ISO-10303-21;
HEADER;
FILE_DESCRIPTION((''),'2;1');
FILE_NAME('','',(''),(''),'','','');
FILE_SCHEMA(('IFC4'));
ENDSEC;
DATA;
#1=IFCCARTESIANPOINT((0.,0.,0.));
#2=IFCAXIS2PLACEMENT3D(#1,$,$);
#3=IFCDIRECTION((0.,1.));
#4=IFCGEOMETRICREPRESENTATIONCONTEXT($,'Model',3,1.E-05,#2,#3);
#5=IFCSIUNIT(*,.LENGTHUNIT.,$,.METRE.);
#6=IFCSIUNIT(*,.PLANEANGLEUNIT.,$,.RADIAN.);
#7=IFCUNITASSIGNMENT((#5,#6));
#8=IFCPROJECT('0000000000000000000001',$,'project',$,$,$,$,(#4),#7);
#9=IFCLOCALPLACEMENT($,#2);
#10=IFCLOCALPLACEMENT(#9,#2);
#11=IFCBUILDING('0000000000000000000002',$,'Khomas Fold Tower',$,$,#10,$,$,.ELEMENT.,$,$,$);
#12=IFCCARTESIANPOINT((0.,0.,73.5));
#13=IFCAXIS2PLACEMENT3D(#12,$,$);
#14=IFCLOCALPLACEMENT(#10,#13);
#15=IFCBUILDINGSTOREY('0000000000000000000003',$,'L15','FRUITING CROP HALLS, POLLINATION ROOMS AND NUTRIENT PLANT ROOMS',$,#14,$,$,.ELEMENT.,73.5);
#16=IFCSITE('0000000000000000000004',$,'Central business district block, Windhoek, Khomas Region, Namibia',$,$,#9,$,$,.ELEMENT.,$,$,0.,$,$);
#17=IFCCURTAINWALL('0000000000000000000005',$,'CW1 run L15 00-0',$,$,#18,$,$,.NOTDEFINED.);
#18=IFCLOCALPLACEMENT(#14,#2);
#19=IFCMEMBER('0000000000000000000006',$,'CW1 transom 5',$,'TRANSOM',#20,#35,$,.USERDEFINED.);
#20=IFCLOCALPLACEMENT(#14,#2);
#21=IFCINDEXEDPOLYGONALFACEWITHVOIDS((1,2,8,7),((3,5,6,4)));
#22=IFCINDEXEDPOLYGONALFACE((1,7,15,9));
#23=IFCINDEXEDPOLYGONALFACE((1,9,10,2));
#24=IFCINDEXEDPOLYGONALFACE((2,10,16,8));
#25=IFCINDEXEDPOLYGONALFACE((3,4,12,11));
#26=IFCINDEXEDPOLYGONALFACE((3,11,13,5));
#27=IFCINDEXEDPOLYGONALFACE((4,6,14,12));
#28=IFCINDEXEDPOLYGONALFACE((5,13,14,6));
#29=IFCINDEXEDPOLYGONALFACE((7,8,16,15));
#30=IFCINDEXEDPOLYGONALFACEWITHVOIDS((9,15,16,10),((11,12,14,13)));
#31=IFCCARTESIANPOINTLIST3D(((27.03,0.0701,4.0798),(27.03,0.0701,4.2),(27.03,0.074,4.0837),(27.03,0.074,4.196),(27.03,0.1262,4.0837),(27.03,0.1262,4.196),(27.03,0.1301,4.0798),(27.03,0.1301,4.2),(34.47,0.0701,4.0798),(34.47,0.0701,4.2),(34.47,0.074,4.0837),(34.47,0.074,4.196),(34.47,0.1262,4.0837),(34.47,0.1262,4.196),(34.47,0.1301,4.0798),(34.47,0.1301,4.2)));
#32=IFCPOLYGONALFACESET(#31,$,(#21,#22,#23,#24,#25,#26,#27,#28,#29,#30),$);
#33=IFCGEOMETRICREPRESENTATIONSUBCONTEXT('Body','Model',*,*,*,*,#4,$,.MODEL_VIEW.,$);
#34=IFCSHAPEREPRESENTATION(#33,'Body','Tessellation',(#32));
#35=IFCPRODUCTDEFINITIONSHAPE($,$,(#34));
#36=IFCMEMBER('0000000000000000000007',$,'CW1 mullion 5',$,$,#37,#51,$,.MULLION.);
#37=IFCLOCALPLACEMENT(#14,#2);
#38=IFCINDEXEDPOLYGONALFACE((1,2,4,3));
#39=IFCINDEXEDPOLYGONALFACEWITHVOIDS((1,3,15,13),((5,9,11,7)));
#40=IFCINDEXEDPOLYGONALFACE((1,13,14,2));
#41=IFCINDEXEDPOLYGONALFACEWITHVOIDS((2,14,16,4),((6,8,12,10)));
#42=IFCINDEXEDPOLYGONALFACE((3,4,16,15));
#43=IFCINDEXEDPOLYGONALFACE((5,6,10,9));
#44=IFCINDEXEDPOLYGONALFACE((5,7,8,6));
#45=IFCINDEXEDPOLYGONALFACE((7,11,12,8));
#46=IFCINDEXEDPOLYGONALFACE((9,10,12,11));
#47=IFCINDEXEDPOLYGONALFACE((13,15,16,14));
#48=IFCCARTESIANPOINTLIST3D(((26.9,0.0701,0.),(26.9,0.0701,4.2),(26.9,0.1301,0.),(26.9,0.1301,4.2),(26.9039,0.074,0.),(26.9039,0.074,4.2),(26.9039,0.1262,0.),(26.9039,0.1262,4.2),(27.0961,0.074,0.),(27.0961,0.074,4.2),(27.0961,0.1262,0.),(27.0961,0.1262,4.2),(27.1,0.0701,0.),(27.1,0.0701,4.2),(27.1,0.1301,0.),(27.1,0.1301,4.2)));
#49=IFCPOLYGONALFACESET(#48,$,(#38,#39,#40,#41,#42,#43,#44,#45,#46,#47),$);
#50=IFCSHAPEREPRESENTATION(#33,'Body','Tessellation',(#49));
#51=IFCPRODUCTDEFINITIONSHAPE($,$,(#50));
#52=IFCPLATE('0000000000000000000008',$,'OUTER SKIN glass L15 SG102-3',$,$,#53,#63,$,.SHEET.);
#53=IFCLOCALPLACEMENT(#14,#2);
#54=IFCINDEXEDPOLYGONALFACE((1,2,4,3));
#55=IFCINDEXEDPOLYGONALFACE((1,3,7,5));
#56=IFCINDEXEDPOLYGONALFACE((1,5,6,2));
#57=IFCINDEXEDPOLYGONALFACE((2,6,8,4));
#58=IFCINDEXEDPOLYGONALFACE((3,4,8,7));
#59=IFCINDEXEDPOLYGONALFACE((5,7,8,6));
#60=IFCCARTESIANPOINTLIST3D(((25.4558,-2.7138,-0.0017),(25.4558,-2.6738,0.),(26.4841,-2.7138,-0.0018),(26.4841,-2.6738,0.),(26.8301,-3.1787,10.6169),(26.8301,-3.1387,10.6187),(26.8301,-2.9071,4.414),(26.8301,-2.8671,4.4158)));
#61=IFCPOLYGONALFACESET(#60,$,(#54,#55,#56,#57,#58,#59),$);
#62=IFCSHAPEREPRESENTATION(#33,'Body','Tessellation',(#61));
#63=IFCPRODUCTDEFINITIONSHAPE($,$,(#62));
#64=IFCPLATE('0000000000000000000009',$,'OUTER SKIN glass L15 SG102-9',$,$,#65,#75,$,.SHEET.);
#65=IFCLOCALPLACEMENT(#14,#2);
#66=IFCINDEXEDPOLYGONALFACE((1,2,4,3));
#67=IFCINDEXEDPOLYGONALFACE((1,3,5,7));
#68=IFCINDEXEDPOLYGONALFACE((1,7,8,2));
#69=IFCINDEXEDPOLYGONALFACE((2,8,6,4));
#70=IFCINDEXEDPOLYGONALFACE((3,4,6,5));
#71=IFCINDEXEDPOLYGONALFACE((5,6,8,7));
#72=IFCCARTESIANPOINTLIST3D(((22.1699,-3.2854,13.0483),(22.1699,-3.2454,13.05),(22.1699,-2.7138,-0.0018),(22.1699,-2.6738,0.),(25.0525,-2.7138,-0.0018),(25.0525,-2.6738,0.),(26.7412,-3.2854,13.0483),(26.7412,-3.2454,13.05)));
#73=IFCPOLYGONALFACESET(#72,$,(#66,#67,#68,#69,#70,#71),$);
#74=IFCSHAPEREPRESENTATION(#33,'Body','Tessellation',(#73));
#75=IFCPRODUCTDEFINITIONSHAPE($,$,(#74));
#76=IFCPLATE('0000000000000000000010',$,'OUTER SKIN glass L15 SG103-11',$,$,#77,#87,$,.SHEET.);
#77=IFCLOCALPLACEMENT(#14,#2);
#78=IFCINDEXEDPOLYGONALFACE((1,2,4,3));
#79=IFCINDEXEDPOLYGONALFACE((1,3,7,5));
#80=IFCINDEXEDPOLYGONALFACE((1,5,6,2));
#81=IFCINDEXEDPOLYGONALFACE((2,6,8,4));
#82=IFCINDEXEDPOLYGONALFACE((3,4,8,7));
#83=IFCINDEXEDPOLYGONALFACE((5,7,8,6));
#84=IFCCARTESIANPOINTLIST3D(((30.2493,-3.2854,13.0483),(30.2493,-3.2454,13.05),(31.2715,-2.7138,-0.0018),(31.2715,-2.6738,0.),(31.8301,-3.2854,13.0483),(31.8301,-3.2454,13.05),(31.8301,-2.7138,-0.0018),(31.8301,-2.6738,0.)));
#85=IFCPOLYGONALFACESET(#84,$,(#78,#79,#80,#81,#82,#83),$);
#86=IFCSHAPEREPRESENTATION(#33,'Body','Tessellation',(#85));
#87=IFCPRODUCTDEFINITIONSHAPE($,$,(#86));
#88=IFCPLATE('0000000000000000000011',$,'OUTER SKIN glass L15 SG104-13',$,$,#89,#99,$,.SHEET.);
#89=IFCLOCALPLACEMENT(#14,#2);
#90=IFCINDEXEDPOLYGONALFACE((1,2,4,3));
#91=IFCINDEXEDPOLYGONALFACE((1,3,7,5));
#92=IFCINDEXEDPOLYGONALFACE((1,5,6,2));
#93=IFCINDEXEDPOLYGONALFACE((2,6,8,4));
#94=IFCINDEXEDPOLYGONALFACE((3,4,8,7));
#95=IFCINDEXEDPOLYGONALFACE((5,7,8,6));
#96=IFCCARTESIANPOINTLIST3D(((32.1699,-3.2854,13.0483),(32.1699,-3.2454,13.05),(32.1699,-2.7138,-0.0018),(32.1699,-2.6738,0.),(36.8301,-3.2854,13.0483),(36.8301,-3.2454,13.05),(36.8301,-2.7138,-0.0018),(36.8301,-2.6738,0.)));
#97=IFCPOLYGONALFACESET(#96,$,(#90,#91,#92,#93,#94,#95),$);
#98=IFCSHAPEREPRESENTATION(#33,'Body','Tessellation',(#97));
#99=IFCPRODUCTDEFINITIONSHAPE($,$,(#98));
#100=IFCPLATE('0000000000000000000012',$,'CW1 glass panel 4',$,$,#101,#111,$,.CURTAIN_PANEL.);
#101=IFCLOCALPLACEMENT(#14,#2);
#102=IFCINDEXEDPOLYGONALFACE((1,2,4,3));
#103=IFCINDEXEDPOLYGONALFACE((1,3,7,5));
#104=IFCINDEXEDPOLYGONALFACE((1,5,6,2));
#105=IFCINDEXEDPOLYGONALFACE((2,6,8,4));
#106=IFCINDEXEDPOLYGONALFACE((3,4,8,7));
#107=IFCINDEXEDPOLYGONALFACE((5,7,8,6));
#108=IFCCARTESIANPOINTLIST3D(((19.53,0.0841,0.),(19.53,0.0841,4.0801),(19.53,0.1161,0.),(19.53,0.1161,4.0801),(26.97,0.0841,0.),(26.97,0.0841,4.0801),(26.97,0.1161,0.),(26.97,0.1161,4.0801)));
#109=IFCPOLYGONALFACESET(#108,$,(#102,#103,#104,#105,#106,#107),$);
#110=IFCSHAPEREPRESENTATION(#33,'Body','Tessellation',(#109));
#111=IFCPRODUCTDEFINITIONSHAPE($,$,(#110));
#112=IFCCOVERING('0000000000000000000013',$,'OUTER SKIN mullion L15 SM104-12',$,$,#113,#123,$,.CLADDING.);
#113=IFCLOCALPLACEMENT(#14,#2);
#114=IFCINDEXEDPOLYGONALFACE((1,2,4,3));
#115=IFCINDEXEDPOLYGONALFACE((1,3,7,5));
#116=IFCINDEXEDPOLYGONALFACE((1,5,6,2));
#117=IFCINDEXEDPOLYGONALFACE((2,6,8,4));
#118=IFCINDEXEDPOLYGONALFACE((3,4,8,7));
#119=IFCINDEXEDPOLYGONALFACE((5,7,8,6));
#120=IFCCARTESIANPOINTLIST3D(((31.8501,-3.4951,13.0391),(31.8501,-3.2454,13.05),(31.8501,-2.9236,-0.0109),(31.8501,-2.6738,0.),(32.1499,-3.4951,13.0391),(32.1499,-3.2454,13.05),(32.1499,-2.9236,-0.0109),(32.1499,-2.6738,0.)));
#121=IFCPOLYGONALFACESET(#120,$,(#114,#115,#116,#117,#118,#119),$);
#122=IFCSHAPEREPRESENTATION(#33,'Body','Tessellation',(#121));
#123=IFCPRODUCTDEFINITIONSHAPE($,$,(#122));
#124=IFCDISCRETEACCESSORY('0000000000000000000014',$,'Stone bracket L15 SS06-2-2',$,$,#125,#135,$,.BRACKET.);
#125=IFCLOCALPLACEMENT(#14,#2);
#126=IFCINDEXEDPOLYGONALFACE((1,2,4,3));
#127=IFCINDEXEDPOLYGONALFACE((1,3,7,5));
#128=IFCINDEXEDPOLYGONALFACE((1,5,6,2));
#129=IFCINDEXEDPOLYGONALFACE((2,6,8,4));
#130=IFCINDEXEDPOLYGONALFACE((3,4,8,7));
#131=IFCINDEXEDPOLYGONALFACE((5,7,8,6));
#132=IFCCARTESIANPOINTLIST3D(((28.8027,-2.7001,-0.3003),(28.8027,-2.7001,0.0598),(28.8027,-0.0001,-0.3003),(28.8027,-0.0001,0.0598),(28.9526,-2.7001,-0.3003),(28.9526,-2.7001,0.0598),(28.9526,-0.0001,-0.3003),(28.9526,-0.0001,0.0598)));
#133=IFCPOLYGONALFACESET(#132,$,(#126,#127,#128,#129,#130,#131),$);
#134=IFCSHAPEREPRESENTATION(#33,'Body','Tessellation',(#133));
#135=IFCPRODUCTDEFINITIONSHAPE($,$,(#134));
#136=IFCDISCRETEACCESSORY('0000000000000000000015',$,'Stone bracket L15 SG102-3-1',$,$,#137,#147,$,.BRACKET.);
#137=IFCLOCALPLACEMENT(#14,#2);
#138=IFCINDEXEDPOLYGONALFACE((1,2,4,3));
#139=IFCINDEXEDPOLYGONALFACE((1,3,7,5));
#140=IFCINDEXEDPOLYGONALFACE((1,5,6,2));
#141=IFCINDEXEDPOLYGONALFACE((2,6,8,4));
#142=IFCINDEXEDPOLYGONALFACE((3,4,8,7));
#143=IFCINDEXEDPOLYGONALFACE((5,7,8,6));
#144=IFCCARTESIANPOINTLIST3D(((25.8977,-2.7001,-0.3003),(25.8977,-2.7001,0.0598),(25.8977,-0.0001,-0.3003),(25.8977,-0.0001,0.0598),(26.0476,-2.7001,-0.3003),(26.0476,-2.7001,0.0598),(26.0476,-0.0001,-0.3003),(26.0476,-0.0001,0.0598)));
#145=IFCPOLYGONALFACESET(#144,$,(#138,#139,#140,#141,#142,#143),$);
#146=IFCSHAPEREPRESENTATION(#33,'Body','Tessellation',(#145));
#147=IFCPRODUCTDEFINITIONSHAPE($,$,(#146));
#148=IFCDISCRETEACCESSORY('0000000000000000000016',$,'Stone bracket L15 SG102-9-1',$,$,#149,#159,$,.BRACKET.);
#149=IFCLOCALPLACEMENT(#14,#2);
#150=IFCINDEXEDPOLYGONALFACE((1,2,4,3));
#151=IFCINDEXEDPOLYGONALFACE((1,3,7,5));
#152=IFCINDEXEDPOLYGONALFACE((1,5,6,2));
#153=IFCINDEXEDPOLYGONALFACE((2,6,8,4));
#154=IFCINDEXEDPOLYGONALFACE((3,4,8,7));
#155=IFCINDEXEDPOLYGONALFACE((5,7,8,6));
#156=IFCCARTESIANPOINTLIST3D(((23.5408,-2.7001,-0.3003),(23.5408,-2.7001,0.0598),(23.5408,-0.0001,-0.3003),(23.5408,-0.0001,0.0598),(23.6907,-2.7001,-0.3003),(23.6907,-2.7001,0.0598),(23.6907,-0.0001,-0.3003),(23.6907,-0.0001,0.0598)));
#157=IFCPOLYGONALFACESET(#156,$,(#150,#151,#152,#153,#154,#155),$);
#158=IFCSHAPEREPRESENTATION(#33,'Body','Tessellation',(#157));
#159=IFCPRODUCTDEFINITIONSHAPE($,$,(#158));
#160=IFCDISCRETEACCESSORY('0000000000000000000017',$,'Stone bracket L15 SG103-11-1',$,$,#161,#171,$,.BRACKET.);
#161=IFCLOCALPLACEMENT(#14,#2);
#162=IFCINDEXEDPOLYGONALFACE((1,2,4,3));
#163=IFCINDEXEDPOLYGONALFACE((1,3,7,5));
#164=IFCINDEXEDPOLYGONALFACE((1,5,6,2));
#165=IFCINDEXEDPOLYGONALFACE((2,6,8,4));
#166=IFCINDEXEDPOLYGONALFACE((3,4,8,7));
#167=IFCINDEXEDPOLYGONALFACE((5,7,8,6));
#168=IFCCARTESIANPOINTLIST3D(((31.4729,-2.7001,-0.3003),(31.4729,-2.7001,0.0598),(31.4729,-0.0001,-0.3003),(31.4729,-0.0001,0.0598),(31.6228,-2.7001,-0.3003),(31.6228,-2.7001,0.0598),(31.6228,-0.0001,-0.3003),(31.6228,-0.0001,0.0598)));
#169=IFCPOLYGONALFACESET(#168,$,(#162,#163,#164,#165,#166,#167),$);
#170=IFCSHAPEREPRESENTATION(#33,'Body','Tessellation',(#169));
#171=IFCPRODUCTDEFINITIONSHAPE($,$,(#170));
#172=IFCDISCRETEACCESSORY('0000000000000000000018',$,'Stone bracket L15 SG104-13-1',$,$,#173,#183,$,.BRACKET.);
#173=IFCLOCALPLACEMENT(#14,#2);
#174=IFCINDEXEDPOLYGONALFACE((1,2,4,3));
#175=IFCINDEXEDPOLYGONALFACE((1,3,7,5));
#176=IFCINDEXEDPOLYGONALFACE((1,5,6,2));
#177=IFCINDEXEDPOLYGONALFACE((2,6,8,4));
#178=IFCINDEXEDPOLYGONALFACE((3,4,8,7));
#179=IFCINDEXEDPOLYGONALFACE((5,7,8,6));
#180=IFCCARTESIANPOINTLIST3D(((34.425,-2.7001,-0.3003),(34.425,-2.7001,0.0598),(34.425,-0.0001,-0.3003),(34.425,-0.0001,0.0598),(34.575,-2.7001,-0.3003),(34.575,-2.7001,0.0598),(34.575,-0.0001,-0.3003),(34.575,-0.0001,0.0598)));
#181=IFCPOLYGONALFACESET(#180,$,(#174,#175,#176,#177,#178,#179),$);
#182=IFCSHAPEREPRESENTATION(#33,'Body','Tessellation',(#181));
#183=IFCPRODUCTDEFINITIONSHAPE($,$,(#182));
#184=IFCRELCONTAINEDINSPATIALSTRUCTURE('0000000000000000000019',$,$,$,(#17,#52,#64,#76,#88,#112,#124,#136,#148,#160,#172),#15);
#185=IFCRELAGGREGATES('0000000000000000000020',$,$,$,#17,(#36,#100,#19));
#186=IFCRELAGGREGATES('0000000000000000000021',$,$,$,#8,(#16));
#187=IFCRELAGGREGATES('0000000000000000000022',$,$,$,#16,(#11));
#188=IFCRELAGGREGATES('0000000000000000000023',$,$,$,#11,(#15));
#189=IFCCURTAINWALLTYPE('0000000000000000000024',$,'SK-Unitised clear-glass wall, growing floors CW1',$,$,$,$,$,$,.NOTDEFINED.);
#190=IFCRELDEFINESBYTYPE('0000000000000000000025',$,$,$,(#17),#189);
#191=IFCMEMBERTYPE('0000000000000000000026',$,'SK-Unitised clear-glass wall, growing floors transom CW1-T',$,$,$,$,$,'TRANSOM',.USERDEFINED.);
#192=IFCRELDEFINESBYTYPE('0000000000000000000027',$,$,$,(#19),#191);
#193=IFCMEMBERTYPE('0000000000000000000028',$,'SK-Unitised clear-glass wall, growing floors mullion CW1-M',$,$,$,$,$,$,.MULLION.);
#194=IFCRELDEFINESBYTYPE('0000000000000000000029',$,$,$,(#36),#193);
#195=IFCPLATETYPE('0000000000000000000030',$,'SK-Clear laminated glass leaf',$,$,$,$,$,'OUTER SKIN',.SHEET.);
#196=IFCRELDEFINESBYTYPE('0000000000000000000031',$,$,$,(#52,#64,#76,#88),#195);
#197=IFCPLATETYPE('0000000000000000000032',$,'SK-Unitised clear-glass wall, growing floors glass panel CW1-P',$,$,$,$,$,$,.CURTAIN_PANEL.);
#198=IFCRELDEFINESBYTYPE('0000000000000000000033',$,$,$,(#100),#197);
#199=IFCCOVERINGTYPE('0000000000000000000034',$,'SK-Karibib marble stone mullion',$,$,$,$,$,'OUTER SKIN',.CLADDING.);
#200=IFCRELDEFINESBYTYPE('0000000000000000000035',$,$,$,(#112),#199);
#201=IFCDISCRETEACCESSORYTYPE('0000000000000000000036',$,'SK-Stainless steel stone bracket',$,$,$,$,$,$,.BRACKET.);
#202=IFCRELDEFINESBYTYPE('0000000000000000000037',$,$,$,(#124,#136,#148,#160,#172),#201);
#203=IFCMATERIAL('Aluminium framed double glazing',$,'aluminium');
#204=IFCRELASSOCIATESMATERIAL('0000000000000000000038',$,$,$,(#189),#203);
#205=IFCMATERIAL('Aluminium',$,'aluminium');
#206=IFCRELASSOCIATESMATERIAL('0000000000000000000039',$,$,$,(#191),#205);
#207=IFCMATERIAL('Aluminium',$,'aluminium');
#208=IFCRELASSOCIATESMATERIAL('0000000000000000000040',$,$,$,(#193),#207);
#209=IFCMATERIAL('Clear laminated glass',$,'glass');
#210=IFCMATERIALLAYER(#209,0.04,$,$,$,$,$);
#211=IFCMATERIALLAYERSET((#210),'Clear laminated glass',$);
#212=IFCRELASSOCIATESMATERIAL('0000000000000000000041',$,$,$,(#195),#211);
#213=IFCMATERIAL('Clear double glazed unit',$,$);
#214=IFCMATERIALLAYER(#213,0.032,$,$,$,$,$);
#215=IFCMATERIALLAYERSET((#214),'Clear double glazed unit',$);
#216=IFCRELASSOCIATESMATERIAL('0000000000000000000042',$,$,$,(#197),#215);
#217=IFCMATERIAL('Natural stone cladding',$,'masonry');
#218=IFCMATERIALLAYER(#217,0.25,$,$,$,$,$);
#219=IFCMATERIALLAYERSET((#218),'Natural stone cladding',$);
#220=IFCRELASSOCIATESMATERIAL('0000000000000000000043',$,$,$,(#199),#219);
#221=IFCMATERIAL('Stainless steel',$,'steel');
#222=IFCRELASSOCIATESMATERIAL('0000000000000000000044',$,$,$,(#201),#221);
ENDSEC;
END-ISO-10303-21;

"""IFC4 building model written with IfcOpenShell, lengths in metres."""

from ifc_helpers import new_model, si_unit, direction, frame, origin, origin_2d, place, context, subcontext, project, spatial, polyline, rectangle, hollow_rectangle, outline, extrude, source, transform, mapped, material, layer, layer_set, material_profile, profile_set, type_object, element, aggregate, save


model = new_model("IFC4")

# Units and contexts
model_context = context("Model", 3, precision=1e-05, world=origin(), true_north=direction((0.0, 1.0)))
body_context = subcontext(model_context, "Body", "Model", "MODEL_VIEW")
ifc_project = project(units=[si_unit("LENGTHUNIT", "METRE"), si_unit("PLANEANGLEUNIT", "RADIAN")], contexts=[model_context])

# Site, building, storey
site_placement = place(None, origin())
site = spatial("IfcSite", under=ifc_project, at=site_placement, Name="Central business district block, Windhoek, Khomas Region, Namibia", CompositionType="ELEMENT", RefElevation=0.0)
building_placement = place(site_placement, origin())
building = spatial("IfcBuilding", under=site, at=building_placement, Name="Khomas Fold Tower", CompositionType="ELEMENT")
storey_placement = place(building_placement, frame((0.0, 0.0, 73.5)))
storey = spatial("IfcBuildingStorey", under=building, at=storey_placement, Name="L15", Description="FRUITING CROP HALLS, POLLINATION ROOMS AND NUTRIENT PLANT ROOMS", CompositionType="ELEMENT", Elevation=73.5)

# Curtain wall, members
ifc_material_1 = material(Name="Aluminium framed double glazing", Category="aluminium")
curtain_wall_type = type_object("IfcCurtainWallType", Name="SK-Unitised clear-glass wall, growing floors CW1", PredefinedType="NOTDEFINED", material=ifc_material_1)
curtain_wall_placement = place(storey_placement, origin())
curtain_wall = element("IfcCurtainWall", 1, at=curtain_wall_placement, inside=storey, type_object=curtain_wall_type, Name="CW1 run L15 00-0", PredefinedType="NOTDEFINED")
ifc_material_2 = material(Name="Aluminium", Category="aluminium")
ifc_material_profile_1 = material_profile(ifc_material_2, hollow_rectangle(XDim=0.0601, YDim=0.1201, WallThickness=0.0039, at=origin_2d()), Name="SK-Unitised clear-glass wall, growing floors transom CW1-T")
ifc_profile_set_1 = profile_set([ifc_material_profile_1], Name="Aluminium")
member_type_1 = type_object("IfcMemberType", Name="SK-Unitised clear-glass wall, growing floors transom CW1-T", ElementType="TRANSOM", PredefinedType="USERDEFINED", material=ifc_profile_set_1)
shared_shape_1 = source(origin(), body_context, "Body", "SweptSolid", [
    extrude(hollow_rectangle(XDim=0.0601, YDim=0.1201, WallThickness=0.0039, at=origin_2d()), origin(), (0.0, 0.0, 1.0), 7.4399),
])
member_1_placement = place(storey_placement, frame((27.03, 0.1001, 4.1399), z_axis=(1.0, 0.0, 0.0), x_axis=(0.0, 1.0, 0.0)))
member_1 = element("IfcMember", 2, at=member_1_placement, type_object=member_type_1, Name="CW1 transom 5", ObjectType="TRANSOM", PredefinedType="USERDEFINED", context=body_context, shape_type="MappedRepresentation", body=[
    mapped(shared_shape_1, transform((0.0, 0.0, 0.0))),
])
ifc_material_3 = material(Name="Aluminium", Category="aluminium")
ifc_material_profile_2 = material_profile(ifc_material_3, hollow_rectangle(XDim=0.0601, YDim=0.2, WallThickness=0.0039, at=origin_2d()), Name="SK-Unitised clear-glass wall, growing floors mullion CW1-M")
ifc_profile_set_2 = profile_set([ifc_material_profile_2], Name="Aluminium")
member_type_2 = type_object("IfcMemberType", Name="SK-Unitised clear-glass wall, growing floors mullion CW1-M", PredefinedType="MULLION", material=ifc_profile_set_2)
shared_shape_2 = source(origin(), body_context, "Body", "SweptSolid", [
    extrude(hollow_rectangle(XDim=0.0601, YDim=0.2, WallThickness=0.0039, at=origin_2d()), origin(), (0.0, 0.0, 1.0), 4.2),
])
member_2_placement = place(storey_placement, frame((27.0, 0.1001, 0.0), z_axis=(0.0, 0.0, 1.0), x_axis=(0.0, 1.0, 0.0)))
member_2 = element("IfcMember", 3, at=member_2_placement, type_object=member_type_2, Name="CW1 mullion 5", PredefinedType="MULLION", context=body_context, shape_type="MappedRepresentation", body=[
    mapped(shared_shape_2, transform((0.0, 0.0, 0.0))),
])

# Plates
ifc_material_4 = material(Name="Clear laminated glass", Category="glass")
ifc_layer_1 = layer(ifc_material_4, 0.04)
ifc_layer_set_1 = layer_set([ifc_layer_1], Name="Clear laminated glass")
plate_type_1 = type_object("IfcPlateType", Name="SK-Clear laminated glass leaf", ElementType="OUTER SKIN", PredefinedType="SHEET", material=ifc_layer_set_1)
plate_1_placement = place(storey_placement, frame((26.4841, -2.6738, 0.0), z_axis=(0.000044, 0.999043, 0.043733), x_axis=(-1.0, 0.000044, 0.000002)))
element("IfcPlate", 4, at=plate_1_placement, inside=storey, type_object=plate_type_1, Name="OUTER SKIN glass L15 SG102-3", PredefinedType="SHEET", context=body_context, shape_type="SweptSolid", body=[
    extrude(outline(polyline([(0.0, 0.0), (1.0283, 0.0), (-0.3459, 10.6288), (-0.3459, 4.42), (0.0, 0.0)])), origin(), (0.0, 0.0, -1.0), 0.04),
])
plate_2_placement = place(storey_placement, frame((25.0525, -2.6738, 0.0), z_axis=(0.0, 0.999042, 0.043754), x_axis=(-1.0, 0.0, 0.0)))
element("IfcPlate", 5, at=plate_2_placement, inside=storey, type_object=plate_type_1, Name="OUTER SKIN glass L15 SG102-9", PredefinedType="SHEET", context=body_context, shape_type="SweptSolid", body=[
    extrude(outline(polyline([(0.0, 0.0), (2.8826, 0.0), (2.8826, 13.0626), (-1.6887, 13.0626), (0.0, 0.0)])), origin(), (0.0, 0.0, -1.0), 0.04),
])
plate_3_placement = place(storey_placement, frame((31.2715, -2.6738, 0.0), z_axis=(0.0, 0.999042, 0.043754), x_axis=(-0.078017, -0.04362, 0.995997)))
element("IfcPlate", 6, at=plate_3_placement, inside=storey, type_object=plate_type_1, Name="OUTER SKIN glass L15 SG103-11", PredefinedType="SHEET", context=body_context, shape_type="SweptSolid", body=[
    extrude(outline(polyline([(0.0, 0.0), (13.1025, 0.0), (12.9792, 1.576), (-0.0436, 0.5569), (0.0, 0.0)])), origin(), (0.0, 0.0, -1.0), 0.04),
])
plate_4_placement = place(storey_placement, frame((32.1699, -2.6738, 0.0), z_axis=(0.0, 0.999042, 0.043754), x_axis=(0.0, -0.043754, 0.999042)))
element("IfcPlate", 7, at=plate_4_placement, inside=storey, type_object=plate_type_1, Name="OUTER SKIN glass L15 SG104-13", PredefinedType="SHEET", context=body_context, shape_type="SweptSolid", body=[
    extrude(outline(polyline([(0.0, 0.0), (13.0626, 0.0), (13.0626, 4.6602), (0.0, 4.6602), (0.0, 0.0)])), origin(), (0.0, 0.0, -1.0), 0.04),
])

# Plate
ifc_material_5 = material(Name="Clear double glazed unit")
ifc_layer_2 = layer(ifc_material_5, 0.032)
ifc_layer_set_2 = layer_set([ifc_layer_2], Name="Clear double glazed unit")
plate_type_2 = type_object("IfcPlateType", Name="SK-Unitised clear-glass wall, growing floors glass panel CW1-P", PredefinedType="CURTAIN_PANEL", material=ifc_layer_set_2)
shared_shape_3 = source(origin(), body_context, "Body", "SweptSolid", [
    extrude(rectangle(XDim=7.4399, YDim=0.032, at=origin_2d()), origin(), (0.0, 0.0, 1.0), 4.0801),
])
plate_5_placement = place(storey_placement, frame((23.25, 0.1001, 0.0), z_axis=(0.0, 0.0, 1.0), x_axis=(1.0, 0.0, 0.0)))
plate_5 = element("IfcPlate", 8, at=plate_5_placement, type_object=plate_type_2, Name="CW1 glass panel 4", PredefinedType="CURTAIN_PANEL", context=body_context, shape_type="MappedRepresentation", body=[
    mapped(shared_shape_3, transform((0.0, 0.0, 0.0))),
])
aggregate(curtain_wall, [member_2, plate_5, member_1])

# Covering
ifc_material_6 = material(Name="Natural stone cladding", Category="masonry")
ifc_layer_3 = layer(ifc_material_6, 0.25)
ifc_layer_set_3 = layer_set([ifc_layer_3], Name="Natural stone cladding")
covering_type = type_object("IfcCoveringType", Name="SK-Karibib marble stone mullion", ElementType="OUTER SKIN", PredefinedType="CLADDING", material=ifc_layer_set_3)
covering_placement = place(storey_placement, frame((31.8501, -2.6738, 0.0), z_axis=(0.0, 0.999042, 0.043754), x_axis=(0.0, -0.043754, 0.999042)))
element("IfcCovering", 9, at=covering_placement, inside=storey, type_object=covering_type, Name="OUTER SKIN mullion L15 SM104-12", PredefinedType="CLADDING", context=body_context, shape_type="SweptSolid", body=[
    extrude(outline(polyline([(0.0, 0.0), (13.0626, 0.0), (13.0626, 0.2998), (0.0, 0.2998), (0.0, 0.0)])), origin(), (0.0, 0.0, -1.0), 0.25),
])

# Discrete accessories
ifc_material_7 = material(Name="Stainless steel", Category="steel")
discrete_accessory_type = type_object("IfcDiscreteAccessoryType", Name="SK-Stainless steel stone bracket", PredefinedType="BRACKET", material=ifc_material_7)
shared_shape_4 = source(origin(), body_context, "Body", "SweptSolid", [
    extrude(rectangle(XDim=2.7, YDim=0.1499, at=origin_2d()), origin(), (0.0, 0.0, 1.0), 0.3601),
])
for number, where, z_axis, x_axis, name in (
    (10, (28.8777, -1.3501, -0.3003), (0.0, 0.0, 1.0), (0.0, -1.0, 0.0), "Stone bracket L15 SS06-2-2"),
    (11, (25.9727, -1.3501, -0.3003), (0.0, 0.0, 1.0), (0.0, -1.0, 0.0), "Stone bracket L15 SG102-3-1"),
    (12, (23.6157, -1.3501, -0.3003), (0.0, 0.0, 1.0), (0.0, -1.0, 0.0), "Stone bracket L15 SG102-9-1"),
    (13, (31.5479, -1.3501, -0.3003), (0.0, 0.0, 1.0), (0.0, -1.0, 0.0), "Stone bracket L15 SG103-11-1"),
    (14, (34.5, -1.3501, -0.3003), (0.0, 0.0, 1.0), (0.0, -1.0, 0.0), "Stone bracket L15 SG104-13-1"),
):
    element("IfcDiscreteAccessory", number, at=place(storey_placement, frame(where, z_axis=z_axis, x_axis=x_axis)), inside=storey, type_object=discrete_accessory_type, Name=name, PredefinedType="BRACKET", context=body_context, shape_type="MappedRepresentation", body=[
        mapped(shared_shape_4, transform((0.0, 0.0, 0.0))),
    ])

save(model, "model.ifc")
